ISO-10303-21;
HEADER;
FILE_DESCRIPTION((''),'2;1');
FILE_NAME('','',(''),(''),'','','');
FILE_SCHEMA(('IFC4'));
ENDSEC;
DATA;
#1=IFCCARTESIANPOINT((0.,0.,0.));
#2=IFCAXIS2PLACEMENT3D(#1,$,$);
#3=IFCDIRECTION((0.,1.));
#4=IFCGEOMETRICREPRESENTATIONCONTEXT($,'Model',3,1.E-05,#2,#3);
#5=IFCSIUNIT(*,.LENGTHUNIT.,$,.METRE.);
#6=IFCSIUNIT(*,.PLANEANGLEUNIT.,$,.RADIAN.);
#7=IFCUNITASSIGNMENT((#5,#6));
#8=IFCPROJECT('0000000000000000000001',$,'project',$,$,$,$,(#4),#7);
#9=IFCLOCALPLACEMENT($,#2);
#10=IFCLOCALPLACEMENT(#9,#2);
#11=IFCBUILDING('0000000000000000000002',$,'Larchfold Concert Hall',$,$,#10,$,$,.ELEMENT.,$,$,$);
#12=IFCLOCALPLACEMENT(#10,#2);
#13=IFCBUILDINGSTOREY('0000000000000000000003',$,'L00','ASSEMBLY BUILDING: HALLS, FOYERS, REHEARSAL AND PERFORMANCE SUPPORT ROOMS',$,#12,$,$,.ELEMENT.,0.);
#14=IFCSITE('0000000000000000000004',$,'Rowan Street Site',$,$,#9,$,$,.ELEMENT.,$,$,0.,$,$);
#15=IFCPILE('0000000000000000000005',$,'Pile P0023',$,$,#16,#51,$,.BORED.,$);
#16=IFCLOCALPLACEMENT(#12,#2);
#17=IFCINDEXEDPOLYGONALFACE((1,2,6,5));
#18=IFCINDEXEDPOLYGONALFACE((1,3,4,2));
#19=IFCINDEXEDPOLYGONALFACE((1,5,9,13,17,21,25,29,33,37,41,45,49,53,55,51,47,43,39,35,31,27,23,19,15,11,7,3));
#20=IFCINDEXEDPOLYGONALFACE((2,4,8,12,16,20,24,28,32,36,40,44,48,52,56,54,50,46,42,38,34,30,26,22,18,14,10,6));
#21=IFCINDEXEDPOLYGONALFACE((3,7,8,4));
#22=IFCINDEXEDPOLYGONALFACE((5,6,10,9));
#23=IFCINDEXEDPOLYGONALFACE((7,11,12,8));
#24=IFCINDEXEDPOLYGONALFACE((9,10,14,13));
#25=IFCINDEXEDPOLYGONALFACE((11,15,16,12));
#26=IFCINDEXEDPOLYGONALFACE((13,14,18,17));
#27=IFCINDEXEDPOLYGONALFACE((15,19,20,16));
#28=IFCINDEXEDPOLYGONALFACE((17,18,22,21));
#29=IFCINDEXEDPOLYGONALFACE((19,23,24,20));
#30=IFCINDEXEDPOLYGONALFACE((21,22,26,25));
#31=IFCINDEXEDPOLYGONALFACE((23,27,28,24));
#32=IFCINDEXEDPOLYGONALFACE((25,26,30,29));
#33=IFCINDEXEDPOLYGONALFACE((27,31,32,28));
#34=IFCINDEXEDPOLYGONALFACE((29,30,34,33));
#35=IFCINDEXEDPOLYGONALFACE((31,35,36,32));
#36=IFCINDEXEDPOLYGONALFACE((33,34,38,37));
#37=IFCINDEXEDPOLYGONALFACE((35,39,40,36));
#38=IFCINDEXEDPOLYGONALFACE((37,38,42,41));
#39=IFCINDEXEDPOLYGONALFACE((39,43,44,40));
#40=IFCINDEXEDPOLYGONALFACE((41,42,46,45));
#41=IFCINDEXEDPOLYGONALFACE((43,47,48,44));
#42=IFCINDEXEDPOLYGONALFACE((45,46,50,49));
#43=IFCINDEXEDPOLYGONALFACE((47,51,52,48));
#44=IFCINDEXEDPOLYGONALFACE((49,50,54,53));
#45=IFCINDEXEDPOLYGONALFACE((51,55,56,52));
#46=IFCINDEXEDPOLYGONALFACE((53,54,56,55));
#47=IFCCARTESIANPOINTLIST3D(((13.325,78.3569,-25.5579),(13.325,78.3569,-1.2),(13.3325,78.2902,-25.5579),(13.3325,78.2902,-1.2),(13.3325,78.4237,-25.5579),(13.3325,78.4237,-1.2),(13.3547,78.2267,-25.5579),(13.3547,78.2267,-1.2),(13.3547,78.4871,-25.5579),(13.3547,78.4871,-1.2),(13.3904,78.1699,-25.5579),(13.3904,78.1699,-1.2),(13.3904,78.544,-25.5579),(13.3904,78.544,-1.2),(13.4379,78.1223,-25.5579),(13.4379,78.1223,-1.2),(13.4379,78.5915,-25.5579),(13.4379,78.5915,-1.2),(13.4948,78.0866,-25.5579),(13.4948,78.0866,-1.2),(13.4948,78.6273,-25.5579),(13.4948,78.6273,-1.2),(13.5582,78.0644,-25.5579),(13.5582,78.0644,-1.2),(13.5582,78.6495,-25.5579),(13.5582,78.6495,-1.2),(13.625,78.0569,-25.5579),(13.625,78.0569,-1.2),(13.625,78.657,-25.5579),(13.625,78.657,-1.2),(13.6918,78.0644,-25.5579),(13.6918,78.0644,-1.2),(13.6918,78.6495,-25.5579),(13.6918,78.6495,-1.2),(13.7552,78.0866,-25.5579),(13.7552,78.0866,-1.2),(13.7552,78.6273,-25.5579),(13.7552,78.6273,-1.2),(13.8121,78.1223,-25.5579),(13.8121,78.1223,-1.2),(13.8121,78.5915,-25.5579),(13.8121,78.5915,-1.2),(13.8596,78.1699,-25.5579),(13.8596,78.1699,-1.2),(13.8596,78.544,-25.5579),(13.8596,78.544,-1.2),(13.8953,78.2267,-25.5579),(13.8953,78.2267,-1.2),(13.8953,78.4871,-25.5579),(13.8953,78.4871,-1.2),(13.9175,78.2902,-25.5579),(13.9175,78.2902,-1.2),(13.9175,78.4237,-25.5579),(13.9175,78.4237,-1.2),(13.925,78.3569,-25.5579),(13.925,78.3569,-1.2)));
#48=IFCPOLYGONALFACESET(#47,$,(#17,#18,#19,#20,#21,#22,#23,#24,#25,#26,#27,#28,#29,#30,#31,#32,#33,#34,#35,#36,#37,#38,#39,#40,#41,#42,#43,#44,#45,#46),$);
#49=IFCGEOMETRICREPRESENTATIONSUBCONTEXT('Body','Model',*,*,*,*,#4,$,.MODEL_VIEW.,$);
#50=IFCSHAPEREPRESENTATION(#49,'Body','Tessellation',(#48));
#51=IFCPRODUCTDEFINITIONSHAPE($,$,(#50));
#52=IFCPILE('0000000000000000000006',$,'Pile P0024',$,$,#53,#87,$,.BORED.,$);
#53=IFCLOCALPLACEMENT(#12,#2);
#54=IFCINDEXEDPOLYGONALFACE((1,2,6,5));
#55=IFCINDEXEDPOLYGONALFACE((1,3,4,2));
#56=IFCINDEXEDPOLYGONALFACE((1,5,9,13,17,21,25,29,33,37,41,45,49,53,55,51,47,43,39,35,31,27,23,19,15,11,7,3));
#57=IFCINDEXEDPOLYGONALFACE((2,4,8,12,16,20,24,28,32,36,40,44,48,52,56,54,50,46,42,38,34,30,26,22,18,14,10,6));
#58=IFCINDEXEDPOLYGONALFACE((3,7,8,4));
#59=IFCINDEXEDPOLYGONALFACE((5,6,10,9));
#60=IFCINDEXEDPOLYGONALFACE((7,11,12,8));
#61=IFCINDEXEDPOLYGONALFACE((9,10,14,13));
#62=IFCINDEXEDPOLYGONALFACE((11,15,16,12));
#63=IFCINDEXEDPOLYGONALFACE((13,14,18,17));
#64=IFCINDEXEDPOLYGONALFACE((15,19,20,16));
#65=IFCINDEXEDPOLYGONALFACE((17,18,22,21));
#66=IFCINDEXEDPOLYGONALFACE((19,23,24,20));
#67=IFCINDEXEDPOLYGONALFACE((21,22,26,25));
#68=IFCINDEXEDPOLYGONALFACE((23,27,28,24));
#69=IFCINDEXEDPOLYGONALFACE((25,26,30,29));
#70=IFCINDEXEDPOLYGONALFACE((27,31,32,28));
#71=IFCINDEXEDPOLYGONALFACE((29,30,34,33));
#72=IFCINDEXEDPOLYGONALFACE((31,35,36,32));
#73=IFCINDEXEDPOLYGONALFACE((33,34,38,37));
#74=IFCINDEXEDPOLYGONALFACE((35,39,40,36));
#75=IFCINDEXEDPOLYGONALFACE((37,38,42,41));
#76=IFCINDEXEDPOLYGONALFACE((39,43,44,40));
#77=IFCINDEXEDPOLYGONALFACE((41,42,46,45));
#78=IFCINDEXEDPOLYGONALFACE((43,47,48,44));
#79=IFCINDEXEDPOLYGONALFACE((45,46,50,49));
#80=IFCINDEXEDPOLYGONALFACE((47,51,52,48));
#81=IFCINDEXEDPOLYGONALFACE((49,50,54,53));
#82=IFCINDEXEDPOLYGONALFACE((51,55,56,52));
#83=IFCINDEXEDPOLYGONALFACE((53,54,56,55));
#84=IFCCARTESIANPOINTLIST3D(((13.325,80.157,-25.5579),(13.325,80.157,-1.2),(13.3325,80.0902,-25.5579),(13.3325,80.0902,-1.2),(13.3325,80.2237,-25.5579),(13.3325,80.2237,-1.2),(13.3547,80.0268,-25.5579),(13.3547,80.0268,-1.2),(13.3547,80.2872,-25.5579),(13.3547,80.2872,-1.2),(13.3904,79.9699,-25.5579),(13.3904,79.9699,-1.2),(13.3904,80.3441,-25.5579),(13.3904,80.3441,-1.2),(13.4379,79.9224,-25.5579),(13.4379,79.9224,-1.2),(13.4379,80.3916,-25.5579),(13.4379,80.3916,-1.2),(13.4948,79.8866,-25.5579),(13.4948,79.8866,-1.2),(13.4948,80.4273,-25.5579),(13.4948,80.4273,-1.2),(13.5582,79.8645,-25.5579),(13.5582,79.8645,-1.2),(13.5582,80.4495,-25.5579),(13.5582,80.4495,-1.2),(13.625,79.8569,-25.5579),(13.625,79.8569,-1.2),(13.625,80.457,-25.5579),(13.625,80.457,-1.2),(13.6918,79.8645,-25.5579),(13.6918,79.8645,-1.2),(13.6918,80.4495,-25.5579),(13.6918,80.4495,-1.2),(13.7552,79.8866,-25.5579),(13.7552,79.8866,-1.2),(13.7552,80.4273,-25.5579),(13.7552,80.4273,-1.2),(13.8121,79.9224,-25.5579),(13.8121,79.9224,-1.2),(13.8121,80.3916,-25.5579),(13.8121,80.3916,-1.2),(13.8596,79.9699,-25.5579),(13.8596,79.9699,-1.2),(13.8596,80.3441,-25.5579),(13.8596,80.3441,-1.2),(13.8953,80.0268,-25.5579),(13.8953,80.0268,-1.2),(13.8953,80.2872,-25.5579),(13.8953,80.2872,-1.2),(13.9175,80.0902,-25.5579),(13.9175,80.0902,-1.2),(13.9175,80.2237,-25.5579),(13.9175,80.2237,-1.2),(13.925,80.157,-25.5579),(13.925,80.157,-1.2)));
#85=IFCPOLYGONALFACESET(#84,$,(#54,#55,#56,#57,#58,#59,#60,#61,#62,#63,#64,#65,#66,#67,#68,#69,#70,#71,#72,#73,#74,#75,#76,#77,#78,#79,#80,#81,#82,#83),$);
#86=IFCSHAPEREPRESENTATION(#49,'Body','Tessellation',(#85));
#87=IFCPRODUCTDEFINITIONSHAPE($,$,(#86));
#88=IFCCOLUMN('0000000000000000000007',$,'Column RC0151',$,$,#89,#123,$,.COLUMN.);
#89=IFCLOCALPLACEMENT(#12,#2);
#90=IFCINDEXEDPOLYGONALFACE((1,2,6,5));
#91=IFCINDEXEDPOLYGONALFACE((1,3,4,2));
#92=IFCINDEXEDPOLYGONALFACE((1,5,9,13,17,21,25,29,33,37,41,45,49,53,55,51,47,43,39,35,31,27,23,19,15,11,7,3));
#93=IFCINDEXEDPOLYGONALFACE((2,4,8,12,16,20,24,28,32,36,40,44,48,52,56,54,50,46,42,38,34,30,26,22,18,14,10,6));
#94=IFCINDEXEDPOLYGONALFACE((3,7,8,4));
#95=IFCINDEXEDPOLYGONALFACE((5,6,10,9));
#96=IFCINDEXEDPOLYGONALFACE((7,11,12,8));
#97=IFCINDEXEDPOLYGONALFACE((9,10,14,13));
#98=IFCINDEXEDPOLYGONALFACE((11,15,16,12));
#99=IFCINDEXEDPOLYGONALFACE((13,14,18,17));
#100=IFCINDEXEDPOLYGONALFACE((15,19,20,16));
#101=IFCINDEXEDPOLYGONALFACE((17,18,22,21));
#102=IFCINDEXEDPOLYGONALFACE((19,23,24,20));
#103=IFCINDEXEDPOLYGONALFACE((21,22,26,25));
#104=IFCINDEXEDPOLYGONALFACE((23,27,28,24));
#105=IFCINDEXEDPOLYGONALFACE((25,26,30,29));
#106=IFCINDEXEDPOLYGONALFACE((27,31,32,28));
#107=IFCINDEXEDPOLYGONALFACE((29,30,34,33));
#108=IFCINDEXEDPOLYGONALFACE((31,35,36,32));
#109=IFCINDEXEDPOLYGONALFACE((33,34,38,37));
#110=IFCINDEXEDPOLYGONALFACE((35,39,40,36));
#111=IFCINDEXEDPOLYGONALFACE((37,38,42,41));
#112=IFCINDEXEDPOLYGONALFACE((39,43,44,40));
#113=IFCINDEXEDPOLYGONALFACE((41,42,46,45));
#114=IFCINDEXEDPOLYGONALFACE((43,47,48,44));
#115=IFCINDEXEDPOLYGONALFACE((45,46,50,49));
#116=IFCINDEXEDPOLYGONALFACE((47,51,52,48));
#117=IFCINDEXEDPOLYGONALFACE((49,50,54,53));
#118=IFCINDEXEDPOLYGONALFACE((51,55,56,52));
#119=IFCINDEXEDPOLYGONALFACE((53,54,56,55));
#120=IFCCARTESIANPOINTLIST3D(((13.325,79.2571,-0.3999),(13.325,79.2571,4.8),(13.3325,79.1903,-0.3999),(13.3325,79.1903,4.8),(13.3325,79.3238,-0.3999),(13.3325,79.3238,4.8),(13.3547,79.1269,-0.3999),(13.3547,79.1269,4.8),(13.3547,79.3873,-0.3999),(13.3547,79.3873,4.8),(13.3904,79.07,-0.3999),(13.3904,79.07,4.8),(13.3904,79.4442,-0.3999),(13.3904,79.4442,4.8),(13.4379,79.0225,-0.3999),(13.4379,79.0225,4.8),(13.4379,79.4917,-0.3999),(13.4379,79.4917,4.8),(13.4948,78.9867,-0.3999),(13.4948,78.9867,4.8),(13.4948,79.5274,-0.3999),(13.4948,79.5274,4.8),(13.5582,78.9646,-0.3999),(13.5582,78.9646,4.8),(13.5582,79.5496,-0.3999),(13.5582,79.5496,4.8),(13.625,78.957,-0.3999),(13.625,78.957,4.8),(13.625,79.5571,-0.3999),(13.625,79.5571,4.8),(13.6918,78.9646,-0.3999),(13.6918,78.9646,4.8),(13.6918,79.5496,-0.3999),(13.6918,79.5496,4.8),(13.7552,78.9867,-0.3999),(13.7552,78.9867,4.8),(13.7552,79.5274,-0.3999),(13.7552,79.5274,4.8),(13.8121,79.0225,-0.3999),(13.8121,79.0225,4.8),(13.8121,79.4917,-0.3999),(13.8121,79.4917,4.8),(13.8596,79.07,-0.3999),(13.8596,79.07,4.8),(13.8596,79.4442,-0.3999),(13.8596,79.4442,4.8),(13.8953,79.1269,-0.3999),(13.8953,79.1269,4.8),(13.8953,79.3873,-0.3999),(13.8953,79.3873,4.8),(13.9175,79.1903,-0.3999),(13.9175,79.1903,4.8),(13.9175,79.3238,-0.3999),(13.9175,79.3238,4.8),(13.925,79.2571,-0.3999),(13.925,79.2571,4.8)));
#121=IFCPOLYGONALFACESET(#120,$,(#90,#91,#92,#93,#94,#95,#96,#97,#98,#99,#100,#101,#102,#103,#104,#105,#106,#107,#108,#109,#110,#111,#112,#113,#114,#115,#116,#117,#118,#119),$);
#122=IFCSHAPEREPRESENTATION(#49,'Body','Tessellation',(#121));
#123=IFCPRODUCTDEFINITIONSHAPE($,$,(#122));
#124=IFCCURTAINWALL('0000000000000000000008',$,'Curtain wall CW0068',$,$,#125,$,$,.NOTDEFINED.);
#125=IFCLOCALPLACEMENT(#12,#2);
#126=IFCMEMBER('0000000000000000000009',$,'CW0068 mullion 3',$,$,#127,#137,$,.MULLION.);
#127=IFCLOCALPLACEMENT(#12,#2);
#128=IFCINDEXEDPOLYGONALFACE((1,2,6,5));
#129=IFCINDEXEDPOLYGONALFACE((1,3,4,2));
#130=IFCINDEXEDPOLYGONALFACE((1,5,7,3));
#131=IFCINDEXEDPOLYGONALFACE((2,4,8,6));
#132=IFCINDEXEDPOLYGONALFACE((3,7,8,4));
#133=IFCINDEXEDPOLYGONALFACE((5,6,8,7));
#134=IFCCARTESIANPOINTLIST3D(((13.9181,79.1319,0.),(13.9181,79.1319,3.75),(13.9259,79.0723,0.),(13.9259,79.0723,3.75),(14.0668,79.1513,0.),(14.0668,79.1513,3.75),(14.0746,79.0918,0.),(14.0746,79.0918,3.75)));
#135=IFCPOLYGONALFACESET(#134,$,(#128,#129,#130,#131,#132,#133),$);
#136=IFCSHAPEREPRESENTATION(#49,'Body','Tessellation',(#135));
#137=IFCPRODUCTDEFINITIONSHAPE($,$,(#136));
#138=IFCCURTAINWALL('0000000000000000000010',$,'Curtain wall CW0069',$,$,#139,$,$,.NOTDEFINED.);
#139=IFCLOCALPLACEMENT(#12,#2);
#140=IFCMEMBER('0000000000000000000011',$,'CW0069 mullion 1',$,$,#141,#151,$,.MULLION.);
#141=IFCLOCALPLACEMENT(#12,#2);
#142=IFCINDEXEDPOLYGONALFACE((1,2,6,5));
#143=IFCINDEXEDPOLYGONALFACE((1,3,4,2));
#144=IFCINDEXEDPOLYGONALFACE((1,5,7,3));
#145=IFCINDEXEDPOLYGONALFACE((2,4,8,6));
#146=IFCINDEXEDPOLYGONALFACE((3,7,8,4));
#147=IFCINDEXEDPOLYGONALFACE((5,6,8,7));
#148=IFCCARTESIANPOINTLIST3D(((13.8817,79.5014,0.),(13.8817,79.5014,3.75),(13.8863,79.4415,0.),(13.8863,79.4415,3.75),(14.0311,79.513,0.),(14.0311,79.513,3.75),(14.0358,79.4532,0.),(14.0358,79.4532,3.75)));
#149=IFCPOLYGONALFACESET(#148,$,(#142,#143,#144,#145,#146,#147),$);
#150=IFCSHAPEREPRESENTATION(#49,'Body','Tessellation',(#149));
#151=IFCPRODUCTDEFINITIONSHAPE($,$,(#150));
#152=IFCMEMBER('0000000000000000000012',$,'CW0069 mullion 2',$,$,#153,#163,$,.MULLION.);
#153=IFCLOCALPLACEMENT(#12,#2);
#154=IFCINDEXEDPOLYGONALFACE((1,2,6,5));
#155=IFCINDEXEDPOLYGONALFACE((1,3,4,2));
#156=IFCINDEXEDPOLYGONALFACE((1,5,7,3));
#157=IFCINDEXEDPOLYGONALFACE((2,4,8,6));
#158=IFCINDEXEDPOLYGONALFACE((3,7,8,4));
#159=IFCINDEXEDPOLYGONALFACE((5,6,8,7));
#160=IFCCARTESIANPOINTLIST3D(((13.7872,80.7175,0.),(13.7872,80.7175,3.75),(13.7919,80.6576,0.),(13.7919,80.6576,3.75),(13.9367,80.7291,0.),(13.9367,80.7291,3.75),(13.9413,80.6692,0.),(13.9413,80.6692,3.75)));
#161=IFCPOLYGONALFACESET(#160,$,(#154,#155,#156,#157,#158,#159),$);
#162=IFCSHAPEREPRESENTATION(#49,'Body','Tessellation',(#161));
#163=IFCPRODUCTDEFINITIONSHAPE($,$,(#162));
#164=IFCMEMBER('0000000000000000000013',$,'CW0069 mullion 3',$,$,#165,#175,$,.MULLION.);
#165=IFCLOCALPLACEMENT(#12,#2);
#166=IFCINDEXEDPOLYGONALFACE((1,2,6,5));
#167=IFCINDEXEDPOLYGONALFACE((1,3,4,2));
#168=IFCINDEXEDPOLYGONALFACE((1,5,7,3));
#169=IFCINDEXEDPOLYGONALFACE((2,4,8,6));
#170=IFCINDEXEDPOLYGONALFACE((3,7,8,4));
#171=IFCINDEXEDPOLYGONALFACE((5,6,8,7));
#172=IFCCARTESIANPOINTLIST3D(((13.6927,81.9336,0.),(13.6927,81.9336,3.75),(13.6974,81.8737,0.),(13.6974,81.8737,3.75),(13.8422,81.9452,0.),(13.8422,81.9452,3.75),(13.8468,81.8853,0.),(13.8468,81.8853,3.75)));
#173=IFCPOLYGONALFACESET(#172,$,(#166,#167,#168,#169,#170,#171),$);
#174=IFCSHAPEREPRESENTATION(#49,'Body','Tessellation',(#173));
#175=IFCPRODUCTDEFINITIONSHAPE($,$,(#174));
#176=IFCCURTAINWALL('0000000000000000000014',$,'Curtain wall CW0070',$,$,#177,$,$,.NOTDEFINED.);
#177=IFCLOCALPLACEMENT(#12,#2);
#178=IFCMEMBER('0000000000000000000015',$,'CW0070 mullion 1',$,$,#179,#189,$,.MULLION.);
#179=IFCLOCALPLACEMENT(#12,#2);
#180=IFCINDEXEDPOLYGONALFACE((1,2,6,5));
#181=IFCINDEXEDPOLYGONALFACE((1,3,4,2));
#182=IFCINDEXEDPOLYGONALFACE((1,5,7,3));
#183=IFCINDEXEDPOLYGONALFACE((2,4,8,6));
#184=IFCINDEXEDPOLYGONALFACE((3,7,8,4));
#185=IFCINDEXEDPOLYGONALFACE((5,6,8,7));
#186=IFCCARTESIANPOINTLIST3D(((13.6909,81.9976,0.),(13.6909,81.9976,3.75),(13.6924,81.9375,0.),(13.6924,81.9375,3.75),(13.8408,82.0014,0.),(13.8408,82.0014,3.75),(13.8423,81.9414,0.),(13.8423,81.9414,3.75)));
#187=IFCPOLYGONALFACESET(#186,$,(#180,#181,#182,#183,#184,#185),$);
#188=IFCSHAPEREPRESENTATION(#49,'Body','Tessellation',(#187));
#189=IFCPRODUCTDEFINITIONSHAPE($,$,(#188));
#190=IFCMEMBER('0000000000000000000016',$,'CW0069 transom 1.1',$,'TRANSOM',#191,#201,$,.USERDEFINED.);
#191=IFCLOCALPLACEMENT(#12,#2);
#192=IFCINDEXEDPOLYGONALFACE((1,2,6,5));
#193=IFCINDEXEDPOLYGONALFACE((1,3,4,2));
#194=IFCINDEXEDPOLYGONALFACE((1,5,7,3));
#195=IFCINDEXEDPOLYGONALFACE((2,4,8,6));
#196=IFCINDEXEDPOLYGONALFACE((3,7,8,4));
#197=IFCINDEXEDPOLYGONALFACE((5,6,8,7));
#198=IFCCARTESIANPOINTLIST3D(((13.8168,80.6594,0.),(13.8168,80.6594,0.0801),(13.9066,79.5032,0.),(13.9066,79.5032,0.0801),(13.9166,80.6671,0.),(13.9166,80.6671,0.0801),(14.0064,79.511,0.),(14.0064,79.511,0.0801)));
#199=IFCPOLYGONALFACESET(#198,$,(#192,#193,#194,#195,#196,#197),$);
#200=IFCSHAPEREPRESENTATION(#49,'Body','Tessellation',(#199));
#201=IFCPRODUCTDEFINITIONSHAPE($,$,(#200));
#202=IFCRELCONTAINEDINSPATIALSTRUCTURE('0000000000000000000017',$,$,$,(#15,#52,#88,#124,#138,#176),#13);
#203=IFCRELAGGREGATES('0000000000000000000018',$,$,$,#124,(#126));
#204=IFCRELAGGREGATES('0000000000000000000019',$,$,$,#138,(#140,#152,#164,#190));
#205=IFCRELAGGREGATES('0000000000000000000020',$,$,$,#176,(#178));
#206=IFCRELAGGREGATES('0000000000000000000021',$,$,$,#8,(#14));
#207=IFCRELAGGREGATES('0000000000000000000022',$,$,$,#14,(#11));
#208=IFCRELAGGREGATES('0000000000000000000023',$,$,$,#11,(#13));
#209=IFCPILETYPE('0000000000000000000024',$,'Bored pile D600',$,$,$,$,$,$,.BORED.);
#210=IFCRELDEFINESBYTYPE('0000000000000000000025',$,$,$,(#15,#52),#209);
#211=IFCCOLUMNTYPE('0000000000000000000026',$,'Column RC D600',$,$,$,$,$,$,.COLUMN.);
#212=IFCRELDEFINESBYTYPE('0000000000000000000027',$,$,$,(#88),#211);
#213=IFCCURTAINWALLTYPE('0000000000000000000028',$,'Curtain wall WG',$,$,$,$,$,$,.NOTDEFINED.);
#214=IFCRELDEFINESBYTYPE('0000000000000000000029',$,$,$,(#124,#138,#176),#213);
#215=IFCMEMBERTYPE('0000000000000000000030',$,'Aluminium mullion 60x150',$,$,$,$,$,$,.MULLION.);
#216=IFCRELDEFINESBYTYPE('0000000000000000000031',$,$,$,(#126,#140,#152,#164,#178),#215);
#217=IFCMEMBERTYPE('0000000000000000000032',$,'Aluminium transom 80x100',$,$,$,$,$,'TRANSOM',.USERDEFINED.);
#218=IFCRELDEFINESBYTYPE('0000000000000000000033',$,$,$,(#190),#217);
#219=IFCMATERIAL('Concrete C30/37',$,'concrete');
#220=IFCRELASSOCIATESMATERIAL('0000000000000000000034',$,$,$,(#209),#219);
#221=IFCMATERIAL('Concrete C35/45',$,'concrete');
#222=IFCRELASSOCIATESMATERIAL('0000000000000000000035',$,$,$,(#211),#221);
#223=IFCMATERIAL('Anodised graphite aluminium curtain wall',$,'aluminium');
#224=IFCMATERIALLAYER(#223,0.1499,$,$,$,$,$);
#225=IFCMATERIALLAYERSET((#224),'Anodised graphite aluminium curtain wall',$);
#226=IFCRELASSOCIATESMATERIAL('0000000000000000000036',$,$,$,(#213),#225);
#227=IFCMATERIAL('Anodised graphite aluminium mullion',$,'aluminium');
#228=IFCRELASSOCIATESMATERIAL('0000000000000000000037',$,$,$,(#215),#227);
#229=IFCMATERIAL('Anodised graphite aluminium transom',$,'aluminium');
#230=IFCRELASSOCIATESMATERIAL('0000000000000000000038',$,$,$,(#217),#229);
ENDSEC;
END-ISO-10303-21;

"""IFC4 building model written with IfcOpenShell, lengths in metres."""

from ifc_helpers import new_model, si_unit, direction, frame, origin, origin_2d, place, context, subcontext, project, spatial, rectangle, circle, extrude, material, layer, layer_set, material_profile, profile_set, type_object, element, aggregate, save


model = new_model("IFC4")

# Units and contexts
model_context = context("Model", 3, precision=1e-05, world=origin(), true_north=direction((0.0, 1.0)))
body_context = subcontext(model_context, "Body", "Model", "MODEL_VIEW")
ifc_project = project(units=[si_unit("LENGTHUNIT", "METRE"), si_unit("PLANEANGLEUNIT", "RADIAN")], contexts=[model_context])

# Site, building, storey
site_placement = place(None, origin())
site = spatial("IfcSite", under=ifc_project, at=site_placement, Name="Rowan Street Site", CompositionType="ELEMENT", RefElevation=0.0)
building_placement = place(site_placement, origin())
building = spatial("IfcBuilding", under=site, at=building_placement, Name="Larchfold Concert Hall", CompositionType="ELEMENT")
storey_placement = place(building_placement, origin())
storey = spatial("IfcBuildingStorey", under=building, at=storey_placement, Name="L00", Description="ASSEMBLY BUILDING: HALLS, FOYERS, REHEARSAL AND PERFORMANCE SUPPORT ROOMS", CompositionType="ELEMENT", Elevation=0.0)

# Piles
ifc_material_1 = material(Name="Concrete C30/37", Category="concrete")
ifc_material_profile_1 = material_profile(ifc_material_1, circle(Radius=0.3, at=origin_2d()))
ifc_profile_set_1 = profile_set([ifc_material_profile_1], Name="Concrete C30/37")
pile_type = type_object("IfcPileType", Name="Bored pile D600", PredefinedType="BORED", material=ifc_profile_set_1)
for number, where, z_axis, x_axis, name in (
    (1, (13.625, 78.3569, -1.2), (0.0, 0.0, -1.0), (1.0, 0.0, 0.0), "Pile P0023"),
    (2, (13.625, 80.157, -1.2), (0.0, 0.0, -1.0), (1.0, 0.0, 0.0), "Pile P0024"),
):
    element("IfcPile", number, at=place(storey_placement, frame(where, z_axis=z_axis, x_axis=x_axis)), inside=storey, type_object=pile_type, Name=name, PredefinedType="BORED", context=body_context, shape_type="SweptSolid", body=[
        extrude(circle(Radius=0.3, at=origin_2d()), origin(), (0.0, 0.0, 1.0), 24.3579),
    ])

# Column
ifc_material_2 = material(Name="Concrete C35/45", Category="concrete")
ifc_material_profile_2 = material_profile(ifc_material_2, circle(Radius=0.3, at=origin_2d()))
ifc_profile_set_2 = profile_set([ifc_material_profile_2], Name="Concrete C35/45")
column_type = type_object("IfcColumnType", Name="Column RC D600", PredefinedType="COLUMN", material=ifc_profile_set_2)
column_placement = place(storey_placement, frame((13.625, 79.2571, -0.3999), z_axis=(0.0, 0.0, 1.0), x_axis=(1.0, 0.0, 0.0)))
element("IfcColumn", 3, at=column_placement, inside=storey, type_object=column_type, Name="Column RC0151", PredefinedType="COLUMN", context=body_context, shape_type="SweptSolid", body=[
    extrude(circle(Radius=0.3, at=origin_2d()), origin(), (0.0, 0.0, 1.0), 5.2),
])

# Curtain wall, member
ifc_material_3 = material(Name="Anodised graphite aluminium curtain wall", Category="aluminium")
ifc_layer_1 = layer(ifc_material_3, 0.1499)
ifc_layer_set_1 = layer_set([ifc_layer_1], Name="Anodised graphite aluminium curtain wall")
curtain_wall_type = type_object("IfcCurtainWallType", Name="Curtain wall WG", PredefinedType="NOTDEFINED", material=ifc_layer_set_1)
curtain_wall_1_placement = place(storey_placement, origin())
curtain_wall_1 = element("IfcCurtainWall", 4, at=curtain_wall_1_placement, inside=storey, type_object=curtain_wall_type, Name="Curtain wall CW0068", PredefinedType="NOTDEFINED")
ifc_material_4 = material(Name="Anodised graphite aluminium mullion", Category="aluminium")
ifc_material_profile_3 = material_profile(ifc_material_4, rectangle(XDim=0.1499, YDim=0.0601, at=origin_2d()))
ifc_profile_set_3 = profile_set([ifc_material_profile_3], Name="Anodised graphite aluminium mullion")
member_type_1 = type_object("IfcMemberType", Name="Aluminium mullion 60x150", PredefinedType="MULLION", material=ifc_profile_set_3)
member_1_placement = place(storey_placement, frame((13.9963, 79.1118, 0.0), z_axis=(0.0, 0.0, 1.0), x_axis=(-0.991556, -0.129678, 0.0)))
member_1 = element("IfcMember", 5, at=member_1_placement, type_object=member_type_1, Name="CW0068 mullion 3", PredefinedType="MULLION", context=body_context, shape_type="SweptSolid", body=[
    extrude(rectangle(XDim=0.1499, YDim=0.0601, at=origin_2d()), origin(), (0.0, 0.0, 1.0), 3.75),
])

# Curtain wall, members
curtain_wall_2_placement = place(storey_placement, origin())
curtain_wall_2 = element("IfcCurtainWall", 6, at=curtain_wall_2_placement, inside=storey, type_object=curtain_wall_type, Name="Curtain wall CW0069", PredefinedType="NOTDEFINED")
member_2_placement = place(storey_placement, frame((13.9587, 79.4773, 0.0), z_axis=(0.0, 0.0, 1.0), x_axis=(-0.996989, -0.077548, 0.0)))
member_2 = element("IfcMember", 7, at=member_2_placement, type_object=member_type_1, Name="CW0069 mullion 1", PredefinedType="MULLION", context=body_context, shape_type="SweptSolid", body=[
    extrude(rectangle(XDim=0.1499, YDim=0.0601, at=origin_2d()), origin(), (0.0, 0.0, 1.0), 3.75),
])
member_3_placement = place(storey_placement, frame((13.8643, 80.6934, 0.0), z_axis=(0.0, 0.0, 1.0), x_axis=(-0.996989, -0.077548, 0.0)))
member_3 = element("IfcMember", 8, at=member_3_placement, type_object=member_type_1, Name="CW0069 mullion 2", PredefinedType="MULLION", context=body_context, shape_type="SweptSolid", body=[
    extrude(rectangle(XDim=0.1499, YDim=0.0601, at=origin_2d()), origin(), (0.0, 0.0, 1.0), 3.75),
])
member_4_placement = place(storey_placement, frame((13.7698, 81.9094, 0.0), z_axis=(0.0, 0.0, 1.0), x_axis=(-0.996989, -0.077548, 0.0)))
member_4 = element("IfcMember", 9, at=member_4_placement, type_object=member_type_1, Name="CW0069 mullion 3", PredefinedType="MULLION", context=body_context, shape_type="SweptSolid", body=[
    extrude(rectangle(XDim=0.1499, YDim=0.0601, at=origin_2d()), origin(), (0.0, 0.0, 1.0), 3.75),
])

# Curtain wall, member
curtain_wall_3_placement = place(storey_placement, origin())
curtain_wall_3 = element("IfcCurtainWall", 10, at=curtain_wall_3_placement, inside=storey, type_object=curtain_wall_type, Name="Curtain wall CW0070", PredefinedType="NOTDEFINED")
member_5_placement = place(storey_placement, frame((13.7666, 81.9695, 0.0), z_axis=(0.0, 0.0, 1.0), x_axis=(-0.999668, -0.025776, 0.0)))
member_5 = element("IfcMember", 11, at=member_5_placement, type_object=member_type_1, Name="CW0070 mullion 1", PredefinedType="MULLION", context=body_context, shape_type="SweptSolid", body=[
    extrude(rectangle(XDim=0.1499, YDim=0.0601, at=origin_2d()), origin(), (0.0, 0.0, 1.0), 3.75),
])

# Member
ifc_material_5 = material(Name="Anodised graphite aluminium transom", Category="aluminium")
ifc_material_profile_4 = material_profile(ifc_material_5, rectangle(XDim=0.1001, YDim=0.0801, at=origin_2d()))
ifc_profile_set_4 = profile_set([ifc_material_profile_4], Name="Anodised graphite aluminium transom")
member_type_2 = type_object("IfcMemberType", Name="Aluminium transom 80x100", ElementType="TRANSOM", PredefinedType="USERDEFINED", material=ifc_profile_set_4)
member_6_placement = place(storey_placement, frame((13.9565, 79.5071, 0.04), z_axis=(-0.077469, 0.996995, 0.0), x_axis=(-0.996995, -0.077469, 0.0)))
member_6 = element("IfcMember", 12, at=member_6_placement, type_object=member_type_2, Name="CW0069 transom 1.1", ObjectType="TRANSOM", PredefinedType="USERDEFINED", context=body_context, shape_type="SweptSolid", body=[
    extrude(rectangle(XDim=0.1001, YDim=0.0801, at=origin_2d()), origin(), (0.0, 0.0, 1.0), 1.1597),
])

aggregate(curtain_wall_1, [member_1])
aggregate(curtain_wall_2, [member_2, member_3, member_4, member_6])
aggregate(curtain_wall_3, [member_5])

save(model, "model.ifc")
